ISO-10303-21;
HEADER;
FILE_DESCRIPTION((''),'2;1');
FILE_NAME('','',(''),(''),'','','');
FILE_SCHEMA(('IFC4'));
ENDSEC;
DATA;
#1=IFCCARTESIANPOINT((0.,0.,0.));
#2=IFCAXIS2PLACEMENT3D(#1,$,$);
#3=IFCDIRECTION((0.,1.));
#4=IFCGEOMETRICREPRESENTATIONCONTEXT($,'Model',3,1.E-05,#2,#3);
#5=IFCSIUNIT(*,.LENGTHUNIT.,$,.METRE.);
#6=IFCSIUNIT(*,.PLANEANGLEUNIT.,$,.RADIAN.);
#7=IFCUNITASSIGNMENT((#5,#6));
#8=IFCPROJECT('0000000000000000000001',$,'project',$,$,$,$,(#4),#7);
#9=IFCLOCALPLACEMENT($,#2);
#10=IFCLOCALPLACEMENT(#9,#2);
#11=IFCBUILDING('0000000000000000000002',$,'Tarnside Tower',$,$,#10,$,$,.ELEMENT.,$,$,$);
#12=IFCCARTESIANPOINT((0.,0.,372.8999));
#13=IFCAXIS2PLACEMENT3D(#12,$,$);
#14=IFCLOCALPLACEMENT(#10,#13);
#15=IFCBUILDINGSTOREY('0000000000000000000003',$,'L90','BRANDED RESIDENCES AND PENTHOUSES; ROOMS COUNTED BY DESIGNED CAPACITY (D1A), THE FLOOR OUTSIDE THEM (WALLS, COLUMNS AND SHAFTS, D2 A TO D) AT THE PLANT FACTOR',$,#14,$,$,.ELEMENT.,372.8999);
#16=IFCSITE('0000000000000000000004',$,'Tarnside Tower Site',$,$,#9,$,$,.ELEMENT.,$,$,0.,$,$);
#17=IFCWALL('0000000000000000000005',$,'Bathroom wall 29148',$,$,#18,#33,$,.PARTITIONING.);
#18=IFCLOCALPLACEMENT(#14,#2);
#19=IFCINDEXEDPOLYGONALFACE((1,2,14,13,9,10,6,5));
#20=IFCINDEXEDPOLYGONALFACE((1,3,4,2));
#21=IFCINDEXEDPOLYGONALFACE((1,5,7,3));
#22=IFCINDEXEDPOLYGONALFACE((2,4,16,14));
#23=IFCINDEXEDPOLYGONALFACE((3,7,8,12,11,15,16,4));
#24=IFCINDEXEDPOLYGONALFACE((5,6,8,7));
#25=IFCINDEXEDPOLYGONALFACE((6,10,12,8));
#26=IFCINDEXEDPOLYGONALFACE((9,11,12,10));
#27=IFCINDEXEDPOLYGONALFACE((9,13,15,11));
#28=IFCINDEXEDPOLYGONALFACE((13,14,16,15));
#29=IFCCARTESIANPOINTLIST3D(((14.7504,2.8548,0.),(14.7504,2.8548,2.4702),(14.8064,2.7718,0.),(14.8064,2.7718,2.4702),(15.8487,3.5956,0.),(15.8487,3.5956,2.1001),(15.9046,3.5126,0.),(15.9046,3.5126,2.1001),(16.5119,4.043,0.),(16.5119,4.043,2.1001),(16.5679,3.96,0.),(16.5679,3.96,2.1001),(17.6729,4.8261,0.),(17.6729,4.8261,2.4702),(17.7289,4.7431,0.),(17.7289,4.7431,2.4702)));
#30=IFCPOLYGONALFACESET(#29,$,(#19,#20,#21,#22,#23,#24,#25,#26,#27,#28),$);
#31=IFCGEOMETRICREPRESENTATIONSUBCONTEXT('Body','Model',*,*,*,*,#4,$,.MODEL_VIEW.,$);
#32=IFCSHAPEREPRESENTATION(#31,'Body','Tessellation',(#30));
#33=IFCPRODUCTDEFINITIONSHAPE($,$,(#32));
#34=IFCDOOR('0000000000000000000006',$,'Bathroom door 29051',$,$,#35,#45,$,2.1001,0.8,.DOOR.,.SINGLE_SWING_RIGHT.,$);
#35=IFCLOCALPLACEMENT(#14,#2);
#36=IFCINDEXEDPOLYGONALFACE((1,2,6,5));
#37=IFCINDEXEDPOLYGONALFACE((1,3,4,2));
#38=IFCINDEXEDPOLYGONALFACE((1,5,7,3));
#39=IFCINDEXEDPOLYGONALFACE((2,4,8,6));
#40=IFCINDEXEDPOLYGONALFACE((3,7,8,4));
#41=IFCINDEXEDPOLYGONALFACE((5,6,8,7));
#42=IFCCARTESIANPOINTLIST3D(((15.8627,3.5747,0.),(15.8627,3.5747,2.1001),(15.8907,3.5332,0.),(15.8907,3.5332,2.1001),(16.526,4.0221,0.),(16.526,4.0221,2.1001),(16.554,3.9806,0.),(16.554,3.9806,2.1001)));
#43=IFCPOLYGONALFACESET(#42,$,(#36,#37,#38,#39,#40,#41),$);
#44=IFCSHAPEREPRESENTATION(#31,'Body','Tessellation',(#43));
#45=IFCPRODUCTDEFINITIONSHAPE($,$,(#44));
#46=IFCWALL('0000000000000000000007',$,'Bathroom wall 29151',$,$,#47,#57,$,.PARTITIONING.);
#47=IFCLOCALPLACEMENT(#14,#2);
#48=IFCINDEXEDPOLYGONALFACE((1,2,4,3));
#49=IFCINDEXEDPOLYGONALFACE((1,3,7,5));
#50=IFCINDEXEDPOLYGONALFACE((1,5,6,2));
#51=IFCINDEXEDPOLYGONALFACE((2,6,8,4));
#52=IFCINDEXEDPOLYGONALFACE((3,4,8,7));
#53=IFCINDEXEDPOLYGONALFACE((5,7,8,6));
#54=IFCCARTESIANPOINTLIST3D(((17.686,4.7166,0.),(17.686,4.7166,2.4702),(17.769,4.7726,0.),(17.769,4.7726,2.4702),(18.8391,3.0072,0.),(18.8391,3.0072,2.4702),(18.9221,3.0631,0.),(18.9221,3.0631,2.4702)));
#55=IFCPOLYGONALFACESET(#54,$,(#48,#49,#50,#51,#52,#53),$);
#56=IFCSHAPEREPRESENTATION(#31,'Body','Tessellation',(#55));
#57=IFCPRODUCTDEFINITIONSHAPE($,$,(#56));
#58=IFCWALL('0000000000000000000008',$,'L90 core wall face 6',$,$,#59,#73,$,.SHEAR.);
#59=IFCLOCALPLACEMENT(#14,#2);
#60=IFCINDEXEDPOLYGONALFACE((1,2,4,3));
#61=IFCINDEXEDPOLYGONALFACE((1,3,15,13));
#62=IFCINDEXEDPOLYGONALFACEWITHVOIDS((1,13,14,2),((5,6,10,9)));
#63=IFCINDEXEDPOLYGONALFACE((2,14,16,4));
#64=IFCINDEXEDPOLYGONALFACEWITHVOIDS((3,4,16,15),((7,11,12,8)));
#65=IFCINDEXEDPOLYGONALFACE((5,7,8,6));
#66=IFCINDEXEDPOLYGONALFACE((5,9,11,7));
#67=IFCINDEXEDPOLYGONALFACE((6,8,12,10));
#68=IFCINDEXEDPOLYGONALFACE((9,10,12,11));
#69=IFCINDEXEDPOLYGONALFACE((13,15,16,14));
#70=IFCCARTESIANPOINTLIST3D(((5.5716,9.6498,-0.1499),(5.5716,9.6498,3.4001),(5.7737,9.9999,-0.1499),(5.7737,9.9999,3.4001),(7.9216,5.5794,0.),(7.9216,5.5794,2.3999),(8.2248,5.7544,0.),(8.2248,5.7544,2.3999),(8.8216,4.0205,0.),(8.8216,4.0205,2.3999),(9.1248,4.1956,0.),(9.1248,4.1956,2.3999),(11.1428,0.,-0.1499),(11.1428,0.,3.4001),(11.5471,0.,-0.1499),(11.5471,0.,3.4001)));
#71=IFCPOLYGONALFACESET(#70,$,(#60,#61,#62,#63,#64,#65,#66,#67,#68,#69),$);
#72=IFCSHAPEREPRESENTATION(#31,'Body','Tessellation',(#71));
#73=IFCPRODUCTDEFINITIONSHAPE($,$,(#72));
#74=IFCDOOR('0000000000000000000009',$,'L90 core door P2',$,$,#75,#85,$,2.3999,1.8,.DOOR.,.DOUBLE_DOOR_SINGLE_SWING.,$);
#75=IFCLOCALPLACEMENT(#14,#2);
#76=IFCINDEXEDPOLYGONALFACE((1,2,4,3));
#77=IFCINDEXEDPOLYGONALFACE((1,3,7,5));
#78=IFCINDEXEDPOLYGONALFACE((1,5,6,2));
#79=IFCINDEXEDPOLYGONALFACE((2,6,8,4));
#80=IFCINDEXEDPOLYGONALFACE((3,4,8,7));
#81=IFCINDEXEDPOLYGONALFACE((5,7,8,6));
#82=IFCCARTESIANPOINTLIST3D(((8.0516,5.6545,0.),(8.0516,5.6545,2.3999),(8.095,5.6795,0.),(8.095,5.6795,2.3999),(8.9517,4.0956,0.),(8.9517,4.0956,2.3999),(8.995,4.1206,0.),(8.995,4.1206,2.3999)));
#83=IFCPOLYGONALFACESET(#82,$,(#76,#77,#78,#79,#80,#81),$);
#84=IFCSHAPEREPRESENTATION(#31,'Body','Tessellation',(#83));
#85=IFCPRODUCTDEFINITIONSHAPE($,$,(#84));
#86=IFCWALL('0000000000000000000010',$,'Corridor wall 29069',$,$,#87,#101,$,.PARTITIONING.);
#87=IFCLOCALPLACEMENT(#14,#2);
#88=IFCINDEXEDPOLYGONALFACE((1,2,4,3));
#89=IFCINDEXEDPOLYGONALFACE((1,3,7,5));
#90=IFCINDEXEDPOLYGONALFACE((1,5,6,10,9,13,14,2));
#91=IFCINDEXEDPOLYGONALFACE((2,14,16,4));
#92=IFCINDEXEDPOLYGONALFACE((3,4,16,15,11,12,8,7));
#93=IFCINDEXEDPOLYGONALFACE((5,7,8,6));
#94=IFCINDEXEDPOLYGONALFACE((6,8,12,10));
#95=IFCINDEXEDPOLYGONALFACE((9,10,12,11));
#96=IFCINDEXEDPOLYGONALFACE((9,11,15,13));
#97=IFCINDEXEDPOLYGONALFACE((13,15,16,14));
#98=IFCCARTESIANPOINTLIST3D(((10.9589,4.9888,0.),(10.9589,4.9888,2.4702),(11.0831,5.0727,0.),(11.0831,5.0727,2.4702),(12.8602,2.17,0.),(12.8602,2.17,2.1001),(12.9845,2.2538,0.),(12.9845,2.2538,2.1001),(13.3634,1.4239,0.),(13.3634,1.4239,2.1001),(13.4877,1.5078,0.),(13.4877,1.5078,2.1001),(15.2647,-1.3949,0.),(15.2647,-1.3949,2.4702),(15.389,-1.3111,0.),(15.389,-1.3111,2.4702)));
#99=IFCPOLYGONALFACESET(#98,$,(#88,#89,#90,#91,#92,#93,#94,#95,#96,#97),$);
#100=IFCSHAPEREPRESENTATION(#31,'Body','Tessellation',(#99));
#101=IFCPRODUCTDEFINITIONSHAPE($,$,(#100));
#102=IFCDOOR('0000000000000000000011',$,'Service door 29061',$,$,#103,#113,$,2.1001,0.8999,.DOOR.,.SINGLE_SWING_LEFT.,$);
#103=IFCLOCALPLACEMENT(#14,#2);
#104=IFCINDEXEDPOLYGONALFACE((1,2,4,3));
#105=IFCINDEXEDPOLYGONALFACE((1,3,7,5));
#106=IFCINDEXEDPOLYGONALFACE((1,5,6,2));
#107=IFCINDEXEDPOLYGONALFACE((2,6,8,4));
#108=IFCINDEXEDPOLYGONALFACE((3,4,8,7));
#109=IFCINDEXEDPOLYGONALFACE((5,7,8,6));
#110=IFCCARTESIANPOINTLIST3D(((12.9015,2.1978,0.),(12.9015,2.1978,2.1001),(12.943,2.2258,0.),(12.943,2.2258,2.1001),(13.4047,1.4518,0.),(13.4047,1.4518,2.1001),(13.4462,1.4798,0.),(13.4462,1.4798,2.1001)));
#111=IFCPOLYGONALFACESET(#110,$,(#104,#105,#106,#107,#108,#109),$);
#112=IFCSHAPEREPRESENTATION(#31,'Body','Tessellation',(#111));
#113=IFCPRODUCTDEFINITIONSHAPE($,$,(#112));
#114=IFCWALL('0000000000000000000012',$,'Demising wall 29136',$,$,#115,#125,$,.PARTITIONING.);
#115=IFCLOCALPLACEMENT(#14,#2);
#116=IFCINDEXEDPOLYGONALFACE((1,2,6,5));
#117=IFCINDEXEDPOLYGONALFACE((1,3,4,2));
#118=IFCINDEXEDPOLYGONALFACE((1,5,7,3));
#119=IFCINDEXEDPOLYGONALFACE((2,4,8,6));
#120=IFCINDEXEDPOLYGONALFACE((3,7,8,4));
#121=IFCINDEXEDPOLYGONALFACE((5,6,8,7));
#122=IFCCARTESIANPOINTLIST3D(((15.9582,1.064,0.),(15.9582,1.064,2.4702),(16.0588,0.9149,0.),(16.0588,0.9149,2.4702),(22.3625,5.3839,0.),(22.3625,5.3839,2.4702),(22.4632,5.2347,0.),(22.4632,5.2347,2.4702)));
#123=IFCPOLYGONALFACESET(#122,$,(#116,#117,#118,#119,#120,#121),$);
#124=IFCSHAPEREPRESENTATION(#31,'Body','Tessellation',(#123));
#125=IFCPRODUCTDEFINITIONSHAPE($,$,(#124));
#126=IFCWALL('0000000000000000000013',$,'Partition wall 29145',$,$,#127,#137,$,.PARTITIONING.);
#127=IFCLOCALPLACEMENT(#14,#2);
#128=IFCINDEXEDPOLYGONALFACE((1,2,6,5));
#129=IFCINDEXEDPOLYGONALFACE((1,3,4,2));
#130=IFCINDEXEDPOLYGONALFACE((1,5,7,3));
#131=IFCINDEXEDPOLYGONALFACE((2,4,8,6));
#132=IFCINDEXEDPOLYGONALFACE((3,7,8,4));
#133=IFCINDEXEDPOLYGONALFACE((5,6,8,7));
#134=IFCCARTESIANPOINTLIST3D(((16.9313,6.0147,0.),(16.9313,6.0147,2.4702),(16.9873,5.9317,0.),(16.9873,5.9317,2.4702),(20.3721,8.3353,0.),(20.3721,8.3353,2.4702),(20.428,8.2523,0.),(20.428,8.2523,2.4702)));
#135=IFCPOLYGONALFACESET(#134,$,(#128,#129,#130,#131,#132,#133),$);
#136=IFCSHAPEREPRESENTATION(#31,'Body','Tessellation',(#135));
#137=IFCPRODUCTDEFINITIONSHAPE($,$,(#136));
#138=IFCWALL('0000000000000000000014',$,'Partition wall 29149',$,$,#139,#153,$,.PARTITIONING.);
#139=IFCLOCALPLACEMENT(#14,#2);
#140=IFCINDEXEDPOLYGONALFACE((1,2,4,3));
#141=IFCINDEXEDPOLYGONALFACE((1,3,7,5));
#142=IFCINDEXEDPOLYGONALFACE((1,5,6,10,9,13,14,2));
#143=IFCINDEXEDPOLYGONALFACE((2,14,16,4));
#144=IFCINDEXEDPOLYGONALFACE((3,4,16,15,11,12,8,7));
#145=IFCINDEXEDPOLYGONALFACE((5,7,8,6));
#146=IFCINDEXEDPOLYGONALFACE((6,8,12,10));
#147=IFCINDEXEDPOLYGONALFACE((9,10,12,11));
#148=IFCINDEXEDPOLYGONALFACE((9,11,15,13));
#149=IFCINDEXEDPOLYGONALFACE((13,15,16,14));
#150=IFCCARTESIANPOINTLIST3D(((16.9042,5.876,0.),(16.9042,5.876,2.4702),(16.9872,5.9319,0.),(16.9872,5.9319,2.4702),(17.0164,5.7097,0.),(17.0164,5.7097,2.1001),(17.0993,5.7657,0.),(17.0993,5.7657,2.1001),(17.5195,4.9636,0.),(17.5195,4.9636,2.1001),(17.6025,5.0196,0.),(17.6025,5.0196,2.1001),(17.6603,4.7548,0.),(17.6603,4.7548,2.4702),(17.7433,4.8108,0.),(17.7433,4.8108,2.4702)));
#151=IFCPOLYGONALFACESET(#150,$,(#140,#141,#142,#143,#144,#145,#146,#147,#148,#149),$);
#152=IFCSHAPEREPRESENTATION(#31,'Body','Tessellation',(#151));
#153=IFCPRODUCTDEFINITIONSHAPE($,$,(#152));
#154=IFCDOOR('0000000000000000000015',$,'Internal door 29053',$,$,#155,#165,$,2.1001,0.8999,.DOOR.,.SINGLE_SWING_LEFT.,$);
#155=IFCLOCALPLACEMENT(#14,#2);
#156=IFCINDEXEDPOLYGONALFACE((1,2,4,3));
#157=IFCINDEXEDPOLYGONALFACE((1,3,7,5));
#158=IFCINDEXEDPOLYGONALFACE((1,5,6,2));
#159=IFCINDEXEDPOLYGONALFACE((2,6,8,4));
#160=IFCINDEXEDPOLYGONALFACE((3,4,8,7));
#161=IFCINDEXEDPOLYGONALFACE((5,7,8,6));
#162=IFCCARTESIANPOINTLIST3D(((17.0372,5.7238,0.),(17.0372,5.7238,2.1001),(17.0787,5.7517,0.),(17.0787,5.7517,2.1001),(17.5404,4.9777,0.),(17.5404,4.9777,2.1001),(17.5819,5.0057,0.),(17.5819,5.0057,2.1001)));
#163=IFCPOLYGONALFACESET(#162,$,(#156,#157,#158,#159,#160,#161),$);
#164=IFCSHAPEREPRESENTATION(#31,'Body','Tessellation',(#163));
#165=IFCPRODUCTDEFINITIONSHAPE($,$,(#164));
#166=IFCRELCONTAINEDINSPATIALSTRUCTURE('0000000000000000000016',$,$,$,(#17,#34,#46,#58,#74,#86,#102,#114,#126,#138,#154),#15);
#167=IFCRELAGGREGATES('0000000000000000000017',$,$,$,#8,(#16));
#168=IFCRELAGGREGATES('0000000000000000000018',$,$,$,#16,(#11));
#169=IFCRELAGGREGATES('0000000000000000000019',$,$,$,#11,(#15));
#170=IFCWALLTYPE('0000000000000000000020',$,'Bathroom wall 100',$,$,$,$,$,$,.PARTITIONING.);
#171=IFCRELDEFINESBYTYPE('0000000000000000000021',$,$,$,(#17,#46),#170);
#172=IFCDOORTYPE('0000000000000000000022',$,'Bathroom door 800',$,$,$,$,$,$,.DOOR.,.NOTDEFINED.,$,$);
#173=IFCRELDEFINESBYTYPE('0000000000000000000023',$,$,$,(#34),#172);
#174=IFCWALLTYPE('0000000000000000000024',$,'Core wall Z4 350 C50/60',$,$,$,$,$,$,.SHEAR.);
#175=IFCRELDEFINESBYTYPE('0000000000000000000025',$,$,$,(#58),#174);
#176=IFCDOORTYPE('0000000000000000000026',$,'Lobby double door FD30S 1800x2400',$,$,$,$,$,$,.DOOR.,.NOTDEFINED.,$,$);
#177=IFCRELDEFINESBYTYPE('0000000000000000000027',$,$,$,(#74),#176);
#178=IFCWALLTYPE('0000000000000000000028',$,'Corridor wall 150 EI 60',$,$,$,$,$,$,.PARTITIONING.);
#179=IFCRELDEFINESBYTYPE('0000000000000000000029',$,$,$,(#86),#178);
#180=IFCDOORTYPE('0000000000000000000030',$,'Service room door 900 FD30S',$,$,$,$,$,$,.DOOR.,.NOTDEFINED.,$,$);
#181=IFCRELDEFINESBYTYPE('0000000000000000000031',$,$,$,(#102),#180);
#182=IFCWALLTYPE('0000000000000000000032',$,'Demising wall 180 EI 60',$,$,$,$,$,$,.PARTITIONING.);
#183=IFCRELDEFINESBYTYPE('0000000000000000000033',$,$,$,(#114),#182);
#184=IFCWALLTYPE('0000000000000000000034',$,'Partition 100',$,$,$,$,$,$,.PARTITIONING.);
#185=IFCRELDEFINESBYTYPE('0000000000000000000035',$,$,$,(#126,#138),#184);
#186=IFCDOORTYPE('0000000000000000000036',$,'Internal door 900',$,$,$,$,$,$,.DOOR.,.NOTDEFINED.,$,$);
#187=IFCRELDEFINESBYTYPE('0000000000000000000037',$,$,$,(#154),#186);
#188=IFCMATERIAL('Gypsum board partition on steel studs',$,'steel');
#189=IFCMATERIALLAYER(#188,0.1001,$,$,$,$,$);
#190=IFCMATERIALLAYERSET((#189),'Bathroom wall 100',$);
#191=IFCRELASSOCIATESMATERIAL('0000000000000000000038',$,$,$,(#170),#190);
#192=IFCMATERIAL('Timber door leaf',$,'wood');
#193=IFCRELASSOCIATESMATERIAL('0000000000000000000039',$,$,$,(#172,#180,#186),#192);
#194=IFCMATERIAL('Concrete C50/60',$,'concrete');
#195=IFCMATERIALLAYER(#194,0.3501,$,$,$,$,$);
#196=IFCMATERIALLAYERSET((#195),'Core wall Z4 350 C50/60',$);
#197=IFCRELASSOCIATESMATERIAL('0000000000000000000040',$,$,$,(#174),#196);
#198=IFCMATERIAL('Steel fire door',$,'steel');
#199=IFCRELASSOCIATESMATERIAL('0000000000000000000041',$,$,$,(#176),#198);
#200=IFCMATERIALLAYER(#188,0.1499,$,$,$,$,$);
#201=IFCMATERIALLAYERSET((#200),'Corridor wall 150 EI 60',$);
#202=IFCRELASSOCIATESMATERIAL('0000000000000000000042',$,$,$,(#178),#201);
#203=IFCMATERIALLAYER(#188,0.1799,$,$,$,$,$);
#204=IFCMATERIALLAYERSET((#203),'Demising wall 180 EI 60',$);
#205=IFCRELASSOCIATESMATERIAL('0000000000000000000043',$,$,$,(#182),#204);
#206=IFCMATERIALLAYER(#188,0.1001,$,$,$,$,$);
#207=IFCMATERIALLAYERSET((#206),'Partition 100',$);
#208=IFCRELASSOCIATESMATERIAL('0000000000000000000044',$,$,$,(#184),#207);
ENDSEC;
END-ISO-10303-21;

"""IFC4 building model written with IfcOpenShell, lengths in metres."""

from ifc_helpers import new_model, si_unit, direction, frame, frame_2d, origin, place, context, subcontext, project, spatial, polyline, rectangle, outline, extrude, material, layer, layer_set, type_object, element, fill, save


model = new_model("IFC4")

# Units and contexts
model_context = context("Model", 3, precision=1e-05, world=origin(), true_north=direction((0.0, 1.0)))
body_context = subcontext(model_context, "Body", "Model", "MODEL_VIEW")
ifc_project = project(units=[si_unit("LENGTHUNIT", "METRE"), si_unit("PLANEANGLEUNIT", "RADIAN")], contexts=[model_context])

# Site, building, storey
site_placement = place(None, origin())
site = spatial("IfcSite", under=ifc_project, at=site_placement, Name="Tarnside Tower Site", CompositionType="ELEMENT", RefElevation=0.0)
building_placement = place(site_placement, origin())
building = spatial("IfcBuilding", under=site, at=building_placement, Name="Tarnside Tower", CompositionType="ELEMENT")
storey_placement = place(building_placement, frame((0.0, 0.0, 372.8999)))
storey = spatial("IfcBuildingStorey", under=building, at=storey_placement, Name="L90", Description="BRANDED RESIDENCES AND PENTHOUSES; ROOMS COUNTED BY DESIGNED CAPACITY (D1A), THE FLOOR OUTSIDE THEM (WALLS, COLUMNS AND SHAFTS, D2 A TO D) AT THE PLANT FACTOR", CompositionType="ELEMENT", Elevation=372.8999)

# Wall, opening, door
ifc_material_1 = material(Name="Gypsum board partition on steel studs", Category="steel")
ifc_layer_1 = layer(ifc_material_1, 0.1001)
ifc_layer_set_1 = layer_set([ifc_layer_1], Name="Bathroom wall 100")
wall_type_1 = type_object("IfcWallType", Name="Bathroom wall 100", PredefinedType="PARTITIONING", material=ifc_layer_set_1)
wall_1_placement = place(storey_placement, frame((14.7783, 2.8132, 0.0), z_axis=(0.0, 0.0, 1.0), x_axis=(0.829033, 0.559199, 0.0)))
wall_1 = element("IfcWall", 1, at=wall_1_placement, inside=storey, type_object=wall_type_1, Name="Bathroom wall 29148", PredefinedType="PARTITIONING", context=body_context, shape_type="SweptSolid", body=[
    extrude(rectangle(XDim=3.5251, YDim=0.1001, at=frame_2d((1.7627, 0.0))), origin(), (0.0, 0.0, 1.0), 2.4702),
])
opening_1_placement = place(wall_1_placement, frame((1.325, 0.0, 0.0)))
opening_1 = element("IfcOpeningElement", 2, at=opening_1_placement, cuts=wall_1, PredefinedType="OPENING", context=body_context, shape_type="SweptSolid", body=[
    extrude(rectangle(XDim=0.8, YDim=2.1001, at=frame_2d((0.3999, 1.05))), frame((0.0, 0.0601, 0.0), z_axis=(0.0, -1.0, 0.0), x_axis=(1.0, 0.0, 0.0)), (0.0, 0.0, 1.0), 0.1201),
])
ifc_material_2 = material(Name="Timber door leaf", Category="wood")
door_type_1 = type_object("IfcDoorType", Name="Bathroom door 800", OperationType="NOTDEFINED", PredefinedType="DOOR", material=ifc_material_2)
door_1_placement = place(opening_1_placement, origin())
door_1 = element("IfcDoor", 3, at=door_1_placement, inside=storey, type_object=door_type_1, Name="Bathroom door 29051", OperationType="SINGLE_SWING_RIGHT", OverallHeight=2.1001, OverallWidth=0.8, PredefinedType="DOOR", context=body_context, shape_type="SweptSolid", body=[
    extrude(rectangle(XDim=0.8, YDim=2.1001, at=frame_2d((0.3999, 1.05))), frame((0.0, 0.0249, 0.0), z_axis=(0.0, -1.0, 0.0), x_axis=(1.0, 0.0, 0.0)), (0.0, 0.0, 1.0), 0.05),
])
fill(opening_1, door_1)

# Wall
wall_2_placement = place(storey_placement, frame((18.8806, 3.0352, 0.0), z_axis=(0.0, 0.0, 1.0), x_axis=(-0.5592, 0.829033, 0.0)))
element("IfcWall", 4, at=wall_2_placement, inside=storey, type_object=wall_type_1, Name="Bathroom wall 29151", PredefinedType="PARTITIONING", context=body_context, shape_type="SweptSolid", body=[
    extrude(rectangle(XDim=2.062, YDim=0.1001, at=frame_2d((1.031, 0.0))), origin(), (0.0, 0.0, 1.0), 2.4702),
])

# Walls, openings, doors
ifc_material_3 = material(Name="Concrete C50/60", Category="concrete")
ifc_layer_2 = layer(ifc_material_3, 0.3501)
ifc_layer_set_2 = layer_set([ifc_layer_2], Name="Core wall Z4 350 C50/60")
wall_type_2 = type_object("IfcWallType", Name="Core wall Z4 350 C50/60", PredefinedType="SHEAR", material=ifc_layer_set_2)
wall_3_placement = place(storey_placement, frame((11.345, 0.0, -0.1499), z_axis=(0.0, 0.0, 1.0), x_axis=(-0.499995, 0.866028, 0.0)))
wall_3 = element("IfcWall", 5, at=wall_3_placement, inside=storey, type_object=wall_type_2, Name="L90 core wall face 6", PredefinedType="SHEAR", context=body_context, shape_type="SweptSolid", body=[
    extrude(outline(polyline([(-0.1011, -0.175), (11.4458, -0.175), (11.2437, 0.175), (0.1011, 0.175), (-0.1011, -0.175)])), origin(), (0.0, 0.0, 1.0), 3.55),
])
opening_2_placement = place(wall_3_placement, frame((4.7437, 0.0, 0.1499)))
opening_2 = element("IfcOpeningElement", 6, at=opening_2_placement, cuts=wall_3, PredefinedType="OPENING", context=body_context, shape_type="SweptSolid", body=[
    extrude(rectangle(XDim=1.8, YDim=2.3999, at=frame_2d((0.8999, 1.2))), frame((0.0, 0.1851, 0.0), z_axis=(0.0, -1.0, 0.0), x_axis=(1.0, 0.0, 0.0)), (0.0, 0.0, 1.0), 0.3701),
])
ifc_material_4 = material(Name="Steel fire door", Category="steel")
door_type_2 = type_object("IfcDoorType", Name="Lobby double door FD30S 1800x2400", OperationType="NOTDEFINED", PredefinedType="DOOR", material=ifc_material_4)
door_2_placement = place(opening_2_placement, origin())
door_2 = element("IfcDoor", 7, at=door_2_placement, inside=storey, type_object=door_type_2, Name="L90 core door P2", OperationType="DOUBLE_DOOR_SINGLE_SWING", OverallHeight=2.3999, OverallWidth=1.8, PredefinedType="DOOR", context=body_context, shape_type="SweptSolid", body=[
    extrude(rectangle(XDim=1.8, YDim=2.3999, at=frame_2d((0.8999, 1.2))), frame((0.0, 0.0249, 0.0), z_axis=(0.0, -1.0, 0.0), x_axis=(1.0, 0.0, 0.0)), (0.0, 0.0, 1.0), 0.05),
])
fill(opening_2, door_2)
ifc_layer_3 = layer(ifc_material_1, 0.1499)
ifc_layer_set_3 = layer_set([ifc_layer_3], Name="Corridor wall 150 EI 60")
wall_type_3 = type_object("IfcWallType", Name="Corridor wall 150 EI 60", PredefinedType="PARTITIONING", material=ifc_layer_set_3)
wall_4_placement = place(storey_placement, frame((11.021, 5.0308, 0.0), z_axis=(0.0, 0.0, 1.0), x_axis=(0.559192, -0.829038, 0.0)))
wall_4 = element("IfcWall", 8, at=wall_4_placement, inside=storey, type_object=wall_type_3, Name="Corridor wall 29069", PredefinedType="PARTITIONING", context=body_context, shape_type="SweptSolid", body=[
    extrude(rectangle(XDim=7.7002, YDim=0.1499, at=frame_2d((3.8501, 0.0))), origin(), (0.0, 0.0, 1.0), 2.4702),
])
opening_3_placement = place(wall_4_placement, frame((3.4001, 0.0, 0.0)))
opening_3 = element("IfcOpeningElement", 9, at=opening_3_placement, cuts=wall_4, PredefinedType="OPENING", context=body_context, shape_type="SweptSolid", body=[
    extrude(rectangle(XDim=0.8999, YDim=2.1001, at=frame_2d((0.45, 1.05))), frame((0.0, 0.085, 0.0), z_axis=(0.0, -1.0, 0.0), x_axis=(1.0, 0.0, 0.0)), (0.0, 0.0, 1.0), 0.1699),
])
door_type_3 = type_object("IfcDoorType", Name="Service room door 900 FD30S", OperationType="NOTDEFINED", PredefinedType="DOOR", material=ifc_material_2)
door_3_placement = place(opening_3_placement, origin())
door_3 = element("IfcDoor", 10, at=door_3_placement, inside=storey, type_object=door_type_3, Name="Service door 29061", OperationType="SINGLE_SWING_LEFT", OverallHeight=2.1001, OverallWidth=0.8999, PredefinedType="DOOR", context=body_context, shape_type="SweptSolid", body=[
    extrude(rectangle(XDim=0.8999, YDim=2.1001, at=frame_2d((0.45, 1.05))), frame((0.0, 0.0249, 0.0), z_axis=(0.0, -1.0, 0.0), x_axis=(1.0, 0.0, 0.0)), (0.0, 0.0, 1.0), 0.05),
])
fill(opening_3, door_3)

# Walls
ifc_layer_4 = layer(ifc_material_1, 0.1799)
ifc_layer_set_4 = layer_set([ifc_layer_4], Name="Demising wall 180 EI 60")
wall_type_4 = type_object("IfcWallType", Name="Demising wall 180 EI 60", PredefinedType="PARTITIONING", material=ifc_layer_set_4)
wall_5_placement = place(storey_placement, frame((22.4128, 5.3093, 0.0), z_axis=(0.0, 0.0, 1.0), x_axis=(-0.829033, -0.559199, 0.0)))
element("IfcWall", 11, at=wall_5_placement, inside=storey, type_object=wall_type_4, Name="Demising wall 29136", PredefinedType="PARTITIONING", context=body_context, shape_type="SweptSolid", body=[
    extrude(rectangle(XDim=7.7251, YDim=0.1799, at=frame_2d((3.8625, 0.0))), origin(), (0.0, 0.0, 1.0), 2.4702),
])
ifc_layer_5 = layer(ifc_material_1, 0.1001)
ifc_layer_set_5 = layer_set([ifc_layer_5], Name="Partition 100")
wall_type_5 = type_object("IfcWallType", Name="Partition 100", PredefinedType="PARTITIONING", material=ifc_layer_set_5)
wall_6_placement = place(storey_placement, frame((16.9592, 5.9731, 0.0), z_axis=(0.0, 0.0, 1.0), x_axis=(0.829061, 0.559159, 0.0)))
element("IfcWall", 12, at=wall_6_placement, inside=storey, type_object=wall_type_5, Name="Partition wall 29145", PredefinedType="PARTITIONING", context=body_context, shape_type="SweptSolid", body=[
    extrude(rectangle(XDim=4.1501, YDim=0.1001, at=frame_2d((2.0752, 0.0))), origin(), (0.0, 0.0, 1.0), 2.4702),
])

# Wall, opening, door
wall_7_placement = place(storey_placement, frame((17.7019, 4.7827, 0.0), z_axis=(0.0, 0.0, 1.0), x_axis=(-0.55915, 0.829066, 0.0)))
wall_7 = element("IfcWall", 13, at=wall_7_placement, inside=storey, type_object=wall_type_5, Name="Partition wall 29149", PredefinedType="PARTITIONING", context=body_context, shape_type="SweptSolid", body=[
    extrude(rectangle(XDim=1.3523, YDim=0.1001, at=frame_2d((0.6763, 0.0))), origin(), (0.0, 0.0, 1.0), 2.4702),
])
opening_4_placement = place(wall_7_placement, frame((0.252, 0.0, 0.0)))
opening_4 = element("IfcOpeningElement", 14, at=opening_4_placement, cuts=wall_7, PredefinedType="OPENING", context=body_context, shape_type="SweptSolid", body=[
    extrude(rectangle(XDim=0.8999, YDim=2.1001, at=frame_2d((0.45, 1.05))), frame((0.0, 0.0601, 0.0), z_axis=(0.0, -1.0, 0.0), x_axis=(1.0, 0.0, 0.0)), (0.0, 0.0, 1.0), 0.1201),
])
door_type_4 = type_object("IfcDoorType", Name="Internal door 900", OperationType="NOTDEFINED", PredefinedType="DOOR", material=ifc_material_2)
door_4_placement = place(opening_4_placement, origin())
door_4 = element("IfcDoor", 15, at=door_4_placement, inside=storey, type_object=door_type_4, Name="Internal door 29053", OperationType="SINGLE_SWING_LEFT", OverallHeight=2.1001, OverallWidth=0.8999, PredefinedType="DOOR", context=body_context, shape_type="SweptSolid", body=[
    extrude(rectangle(XDim=0.8999, YDim=2.1001, at=frame_2d((0.45, 1.05))), frame((0.0, 0.0249, 0.0), z_axis=(0.0, -1.0, 0.0), x_axis=(1.0, 0.0, 0.0)), (0.0, 0.0, 1.0), 0.05),
])
fill(opening_4, door_4)

save(model, "model.ifc")
